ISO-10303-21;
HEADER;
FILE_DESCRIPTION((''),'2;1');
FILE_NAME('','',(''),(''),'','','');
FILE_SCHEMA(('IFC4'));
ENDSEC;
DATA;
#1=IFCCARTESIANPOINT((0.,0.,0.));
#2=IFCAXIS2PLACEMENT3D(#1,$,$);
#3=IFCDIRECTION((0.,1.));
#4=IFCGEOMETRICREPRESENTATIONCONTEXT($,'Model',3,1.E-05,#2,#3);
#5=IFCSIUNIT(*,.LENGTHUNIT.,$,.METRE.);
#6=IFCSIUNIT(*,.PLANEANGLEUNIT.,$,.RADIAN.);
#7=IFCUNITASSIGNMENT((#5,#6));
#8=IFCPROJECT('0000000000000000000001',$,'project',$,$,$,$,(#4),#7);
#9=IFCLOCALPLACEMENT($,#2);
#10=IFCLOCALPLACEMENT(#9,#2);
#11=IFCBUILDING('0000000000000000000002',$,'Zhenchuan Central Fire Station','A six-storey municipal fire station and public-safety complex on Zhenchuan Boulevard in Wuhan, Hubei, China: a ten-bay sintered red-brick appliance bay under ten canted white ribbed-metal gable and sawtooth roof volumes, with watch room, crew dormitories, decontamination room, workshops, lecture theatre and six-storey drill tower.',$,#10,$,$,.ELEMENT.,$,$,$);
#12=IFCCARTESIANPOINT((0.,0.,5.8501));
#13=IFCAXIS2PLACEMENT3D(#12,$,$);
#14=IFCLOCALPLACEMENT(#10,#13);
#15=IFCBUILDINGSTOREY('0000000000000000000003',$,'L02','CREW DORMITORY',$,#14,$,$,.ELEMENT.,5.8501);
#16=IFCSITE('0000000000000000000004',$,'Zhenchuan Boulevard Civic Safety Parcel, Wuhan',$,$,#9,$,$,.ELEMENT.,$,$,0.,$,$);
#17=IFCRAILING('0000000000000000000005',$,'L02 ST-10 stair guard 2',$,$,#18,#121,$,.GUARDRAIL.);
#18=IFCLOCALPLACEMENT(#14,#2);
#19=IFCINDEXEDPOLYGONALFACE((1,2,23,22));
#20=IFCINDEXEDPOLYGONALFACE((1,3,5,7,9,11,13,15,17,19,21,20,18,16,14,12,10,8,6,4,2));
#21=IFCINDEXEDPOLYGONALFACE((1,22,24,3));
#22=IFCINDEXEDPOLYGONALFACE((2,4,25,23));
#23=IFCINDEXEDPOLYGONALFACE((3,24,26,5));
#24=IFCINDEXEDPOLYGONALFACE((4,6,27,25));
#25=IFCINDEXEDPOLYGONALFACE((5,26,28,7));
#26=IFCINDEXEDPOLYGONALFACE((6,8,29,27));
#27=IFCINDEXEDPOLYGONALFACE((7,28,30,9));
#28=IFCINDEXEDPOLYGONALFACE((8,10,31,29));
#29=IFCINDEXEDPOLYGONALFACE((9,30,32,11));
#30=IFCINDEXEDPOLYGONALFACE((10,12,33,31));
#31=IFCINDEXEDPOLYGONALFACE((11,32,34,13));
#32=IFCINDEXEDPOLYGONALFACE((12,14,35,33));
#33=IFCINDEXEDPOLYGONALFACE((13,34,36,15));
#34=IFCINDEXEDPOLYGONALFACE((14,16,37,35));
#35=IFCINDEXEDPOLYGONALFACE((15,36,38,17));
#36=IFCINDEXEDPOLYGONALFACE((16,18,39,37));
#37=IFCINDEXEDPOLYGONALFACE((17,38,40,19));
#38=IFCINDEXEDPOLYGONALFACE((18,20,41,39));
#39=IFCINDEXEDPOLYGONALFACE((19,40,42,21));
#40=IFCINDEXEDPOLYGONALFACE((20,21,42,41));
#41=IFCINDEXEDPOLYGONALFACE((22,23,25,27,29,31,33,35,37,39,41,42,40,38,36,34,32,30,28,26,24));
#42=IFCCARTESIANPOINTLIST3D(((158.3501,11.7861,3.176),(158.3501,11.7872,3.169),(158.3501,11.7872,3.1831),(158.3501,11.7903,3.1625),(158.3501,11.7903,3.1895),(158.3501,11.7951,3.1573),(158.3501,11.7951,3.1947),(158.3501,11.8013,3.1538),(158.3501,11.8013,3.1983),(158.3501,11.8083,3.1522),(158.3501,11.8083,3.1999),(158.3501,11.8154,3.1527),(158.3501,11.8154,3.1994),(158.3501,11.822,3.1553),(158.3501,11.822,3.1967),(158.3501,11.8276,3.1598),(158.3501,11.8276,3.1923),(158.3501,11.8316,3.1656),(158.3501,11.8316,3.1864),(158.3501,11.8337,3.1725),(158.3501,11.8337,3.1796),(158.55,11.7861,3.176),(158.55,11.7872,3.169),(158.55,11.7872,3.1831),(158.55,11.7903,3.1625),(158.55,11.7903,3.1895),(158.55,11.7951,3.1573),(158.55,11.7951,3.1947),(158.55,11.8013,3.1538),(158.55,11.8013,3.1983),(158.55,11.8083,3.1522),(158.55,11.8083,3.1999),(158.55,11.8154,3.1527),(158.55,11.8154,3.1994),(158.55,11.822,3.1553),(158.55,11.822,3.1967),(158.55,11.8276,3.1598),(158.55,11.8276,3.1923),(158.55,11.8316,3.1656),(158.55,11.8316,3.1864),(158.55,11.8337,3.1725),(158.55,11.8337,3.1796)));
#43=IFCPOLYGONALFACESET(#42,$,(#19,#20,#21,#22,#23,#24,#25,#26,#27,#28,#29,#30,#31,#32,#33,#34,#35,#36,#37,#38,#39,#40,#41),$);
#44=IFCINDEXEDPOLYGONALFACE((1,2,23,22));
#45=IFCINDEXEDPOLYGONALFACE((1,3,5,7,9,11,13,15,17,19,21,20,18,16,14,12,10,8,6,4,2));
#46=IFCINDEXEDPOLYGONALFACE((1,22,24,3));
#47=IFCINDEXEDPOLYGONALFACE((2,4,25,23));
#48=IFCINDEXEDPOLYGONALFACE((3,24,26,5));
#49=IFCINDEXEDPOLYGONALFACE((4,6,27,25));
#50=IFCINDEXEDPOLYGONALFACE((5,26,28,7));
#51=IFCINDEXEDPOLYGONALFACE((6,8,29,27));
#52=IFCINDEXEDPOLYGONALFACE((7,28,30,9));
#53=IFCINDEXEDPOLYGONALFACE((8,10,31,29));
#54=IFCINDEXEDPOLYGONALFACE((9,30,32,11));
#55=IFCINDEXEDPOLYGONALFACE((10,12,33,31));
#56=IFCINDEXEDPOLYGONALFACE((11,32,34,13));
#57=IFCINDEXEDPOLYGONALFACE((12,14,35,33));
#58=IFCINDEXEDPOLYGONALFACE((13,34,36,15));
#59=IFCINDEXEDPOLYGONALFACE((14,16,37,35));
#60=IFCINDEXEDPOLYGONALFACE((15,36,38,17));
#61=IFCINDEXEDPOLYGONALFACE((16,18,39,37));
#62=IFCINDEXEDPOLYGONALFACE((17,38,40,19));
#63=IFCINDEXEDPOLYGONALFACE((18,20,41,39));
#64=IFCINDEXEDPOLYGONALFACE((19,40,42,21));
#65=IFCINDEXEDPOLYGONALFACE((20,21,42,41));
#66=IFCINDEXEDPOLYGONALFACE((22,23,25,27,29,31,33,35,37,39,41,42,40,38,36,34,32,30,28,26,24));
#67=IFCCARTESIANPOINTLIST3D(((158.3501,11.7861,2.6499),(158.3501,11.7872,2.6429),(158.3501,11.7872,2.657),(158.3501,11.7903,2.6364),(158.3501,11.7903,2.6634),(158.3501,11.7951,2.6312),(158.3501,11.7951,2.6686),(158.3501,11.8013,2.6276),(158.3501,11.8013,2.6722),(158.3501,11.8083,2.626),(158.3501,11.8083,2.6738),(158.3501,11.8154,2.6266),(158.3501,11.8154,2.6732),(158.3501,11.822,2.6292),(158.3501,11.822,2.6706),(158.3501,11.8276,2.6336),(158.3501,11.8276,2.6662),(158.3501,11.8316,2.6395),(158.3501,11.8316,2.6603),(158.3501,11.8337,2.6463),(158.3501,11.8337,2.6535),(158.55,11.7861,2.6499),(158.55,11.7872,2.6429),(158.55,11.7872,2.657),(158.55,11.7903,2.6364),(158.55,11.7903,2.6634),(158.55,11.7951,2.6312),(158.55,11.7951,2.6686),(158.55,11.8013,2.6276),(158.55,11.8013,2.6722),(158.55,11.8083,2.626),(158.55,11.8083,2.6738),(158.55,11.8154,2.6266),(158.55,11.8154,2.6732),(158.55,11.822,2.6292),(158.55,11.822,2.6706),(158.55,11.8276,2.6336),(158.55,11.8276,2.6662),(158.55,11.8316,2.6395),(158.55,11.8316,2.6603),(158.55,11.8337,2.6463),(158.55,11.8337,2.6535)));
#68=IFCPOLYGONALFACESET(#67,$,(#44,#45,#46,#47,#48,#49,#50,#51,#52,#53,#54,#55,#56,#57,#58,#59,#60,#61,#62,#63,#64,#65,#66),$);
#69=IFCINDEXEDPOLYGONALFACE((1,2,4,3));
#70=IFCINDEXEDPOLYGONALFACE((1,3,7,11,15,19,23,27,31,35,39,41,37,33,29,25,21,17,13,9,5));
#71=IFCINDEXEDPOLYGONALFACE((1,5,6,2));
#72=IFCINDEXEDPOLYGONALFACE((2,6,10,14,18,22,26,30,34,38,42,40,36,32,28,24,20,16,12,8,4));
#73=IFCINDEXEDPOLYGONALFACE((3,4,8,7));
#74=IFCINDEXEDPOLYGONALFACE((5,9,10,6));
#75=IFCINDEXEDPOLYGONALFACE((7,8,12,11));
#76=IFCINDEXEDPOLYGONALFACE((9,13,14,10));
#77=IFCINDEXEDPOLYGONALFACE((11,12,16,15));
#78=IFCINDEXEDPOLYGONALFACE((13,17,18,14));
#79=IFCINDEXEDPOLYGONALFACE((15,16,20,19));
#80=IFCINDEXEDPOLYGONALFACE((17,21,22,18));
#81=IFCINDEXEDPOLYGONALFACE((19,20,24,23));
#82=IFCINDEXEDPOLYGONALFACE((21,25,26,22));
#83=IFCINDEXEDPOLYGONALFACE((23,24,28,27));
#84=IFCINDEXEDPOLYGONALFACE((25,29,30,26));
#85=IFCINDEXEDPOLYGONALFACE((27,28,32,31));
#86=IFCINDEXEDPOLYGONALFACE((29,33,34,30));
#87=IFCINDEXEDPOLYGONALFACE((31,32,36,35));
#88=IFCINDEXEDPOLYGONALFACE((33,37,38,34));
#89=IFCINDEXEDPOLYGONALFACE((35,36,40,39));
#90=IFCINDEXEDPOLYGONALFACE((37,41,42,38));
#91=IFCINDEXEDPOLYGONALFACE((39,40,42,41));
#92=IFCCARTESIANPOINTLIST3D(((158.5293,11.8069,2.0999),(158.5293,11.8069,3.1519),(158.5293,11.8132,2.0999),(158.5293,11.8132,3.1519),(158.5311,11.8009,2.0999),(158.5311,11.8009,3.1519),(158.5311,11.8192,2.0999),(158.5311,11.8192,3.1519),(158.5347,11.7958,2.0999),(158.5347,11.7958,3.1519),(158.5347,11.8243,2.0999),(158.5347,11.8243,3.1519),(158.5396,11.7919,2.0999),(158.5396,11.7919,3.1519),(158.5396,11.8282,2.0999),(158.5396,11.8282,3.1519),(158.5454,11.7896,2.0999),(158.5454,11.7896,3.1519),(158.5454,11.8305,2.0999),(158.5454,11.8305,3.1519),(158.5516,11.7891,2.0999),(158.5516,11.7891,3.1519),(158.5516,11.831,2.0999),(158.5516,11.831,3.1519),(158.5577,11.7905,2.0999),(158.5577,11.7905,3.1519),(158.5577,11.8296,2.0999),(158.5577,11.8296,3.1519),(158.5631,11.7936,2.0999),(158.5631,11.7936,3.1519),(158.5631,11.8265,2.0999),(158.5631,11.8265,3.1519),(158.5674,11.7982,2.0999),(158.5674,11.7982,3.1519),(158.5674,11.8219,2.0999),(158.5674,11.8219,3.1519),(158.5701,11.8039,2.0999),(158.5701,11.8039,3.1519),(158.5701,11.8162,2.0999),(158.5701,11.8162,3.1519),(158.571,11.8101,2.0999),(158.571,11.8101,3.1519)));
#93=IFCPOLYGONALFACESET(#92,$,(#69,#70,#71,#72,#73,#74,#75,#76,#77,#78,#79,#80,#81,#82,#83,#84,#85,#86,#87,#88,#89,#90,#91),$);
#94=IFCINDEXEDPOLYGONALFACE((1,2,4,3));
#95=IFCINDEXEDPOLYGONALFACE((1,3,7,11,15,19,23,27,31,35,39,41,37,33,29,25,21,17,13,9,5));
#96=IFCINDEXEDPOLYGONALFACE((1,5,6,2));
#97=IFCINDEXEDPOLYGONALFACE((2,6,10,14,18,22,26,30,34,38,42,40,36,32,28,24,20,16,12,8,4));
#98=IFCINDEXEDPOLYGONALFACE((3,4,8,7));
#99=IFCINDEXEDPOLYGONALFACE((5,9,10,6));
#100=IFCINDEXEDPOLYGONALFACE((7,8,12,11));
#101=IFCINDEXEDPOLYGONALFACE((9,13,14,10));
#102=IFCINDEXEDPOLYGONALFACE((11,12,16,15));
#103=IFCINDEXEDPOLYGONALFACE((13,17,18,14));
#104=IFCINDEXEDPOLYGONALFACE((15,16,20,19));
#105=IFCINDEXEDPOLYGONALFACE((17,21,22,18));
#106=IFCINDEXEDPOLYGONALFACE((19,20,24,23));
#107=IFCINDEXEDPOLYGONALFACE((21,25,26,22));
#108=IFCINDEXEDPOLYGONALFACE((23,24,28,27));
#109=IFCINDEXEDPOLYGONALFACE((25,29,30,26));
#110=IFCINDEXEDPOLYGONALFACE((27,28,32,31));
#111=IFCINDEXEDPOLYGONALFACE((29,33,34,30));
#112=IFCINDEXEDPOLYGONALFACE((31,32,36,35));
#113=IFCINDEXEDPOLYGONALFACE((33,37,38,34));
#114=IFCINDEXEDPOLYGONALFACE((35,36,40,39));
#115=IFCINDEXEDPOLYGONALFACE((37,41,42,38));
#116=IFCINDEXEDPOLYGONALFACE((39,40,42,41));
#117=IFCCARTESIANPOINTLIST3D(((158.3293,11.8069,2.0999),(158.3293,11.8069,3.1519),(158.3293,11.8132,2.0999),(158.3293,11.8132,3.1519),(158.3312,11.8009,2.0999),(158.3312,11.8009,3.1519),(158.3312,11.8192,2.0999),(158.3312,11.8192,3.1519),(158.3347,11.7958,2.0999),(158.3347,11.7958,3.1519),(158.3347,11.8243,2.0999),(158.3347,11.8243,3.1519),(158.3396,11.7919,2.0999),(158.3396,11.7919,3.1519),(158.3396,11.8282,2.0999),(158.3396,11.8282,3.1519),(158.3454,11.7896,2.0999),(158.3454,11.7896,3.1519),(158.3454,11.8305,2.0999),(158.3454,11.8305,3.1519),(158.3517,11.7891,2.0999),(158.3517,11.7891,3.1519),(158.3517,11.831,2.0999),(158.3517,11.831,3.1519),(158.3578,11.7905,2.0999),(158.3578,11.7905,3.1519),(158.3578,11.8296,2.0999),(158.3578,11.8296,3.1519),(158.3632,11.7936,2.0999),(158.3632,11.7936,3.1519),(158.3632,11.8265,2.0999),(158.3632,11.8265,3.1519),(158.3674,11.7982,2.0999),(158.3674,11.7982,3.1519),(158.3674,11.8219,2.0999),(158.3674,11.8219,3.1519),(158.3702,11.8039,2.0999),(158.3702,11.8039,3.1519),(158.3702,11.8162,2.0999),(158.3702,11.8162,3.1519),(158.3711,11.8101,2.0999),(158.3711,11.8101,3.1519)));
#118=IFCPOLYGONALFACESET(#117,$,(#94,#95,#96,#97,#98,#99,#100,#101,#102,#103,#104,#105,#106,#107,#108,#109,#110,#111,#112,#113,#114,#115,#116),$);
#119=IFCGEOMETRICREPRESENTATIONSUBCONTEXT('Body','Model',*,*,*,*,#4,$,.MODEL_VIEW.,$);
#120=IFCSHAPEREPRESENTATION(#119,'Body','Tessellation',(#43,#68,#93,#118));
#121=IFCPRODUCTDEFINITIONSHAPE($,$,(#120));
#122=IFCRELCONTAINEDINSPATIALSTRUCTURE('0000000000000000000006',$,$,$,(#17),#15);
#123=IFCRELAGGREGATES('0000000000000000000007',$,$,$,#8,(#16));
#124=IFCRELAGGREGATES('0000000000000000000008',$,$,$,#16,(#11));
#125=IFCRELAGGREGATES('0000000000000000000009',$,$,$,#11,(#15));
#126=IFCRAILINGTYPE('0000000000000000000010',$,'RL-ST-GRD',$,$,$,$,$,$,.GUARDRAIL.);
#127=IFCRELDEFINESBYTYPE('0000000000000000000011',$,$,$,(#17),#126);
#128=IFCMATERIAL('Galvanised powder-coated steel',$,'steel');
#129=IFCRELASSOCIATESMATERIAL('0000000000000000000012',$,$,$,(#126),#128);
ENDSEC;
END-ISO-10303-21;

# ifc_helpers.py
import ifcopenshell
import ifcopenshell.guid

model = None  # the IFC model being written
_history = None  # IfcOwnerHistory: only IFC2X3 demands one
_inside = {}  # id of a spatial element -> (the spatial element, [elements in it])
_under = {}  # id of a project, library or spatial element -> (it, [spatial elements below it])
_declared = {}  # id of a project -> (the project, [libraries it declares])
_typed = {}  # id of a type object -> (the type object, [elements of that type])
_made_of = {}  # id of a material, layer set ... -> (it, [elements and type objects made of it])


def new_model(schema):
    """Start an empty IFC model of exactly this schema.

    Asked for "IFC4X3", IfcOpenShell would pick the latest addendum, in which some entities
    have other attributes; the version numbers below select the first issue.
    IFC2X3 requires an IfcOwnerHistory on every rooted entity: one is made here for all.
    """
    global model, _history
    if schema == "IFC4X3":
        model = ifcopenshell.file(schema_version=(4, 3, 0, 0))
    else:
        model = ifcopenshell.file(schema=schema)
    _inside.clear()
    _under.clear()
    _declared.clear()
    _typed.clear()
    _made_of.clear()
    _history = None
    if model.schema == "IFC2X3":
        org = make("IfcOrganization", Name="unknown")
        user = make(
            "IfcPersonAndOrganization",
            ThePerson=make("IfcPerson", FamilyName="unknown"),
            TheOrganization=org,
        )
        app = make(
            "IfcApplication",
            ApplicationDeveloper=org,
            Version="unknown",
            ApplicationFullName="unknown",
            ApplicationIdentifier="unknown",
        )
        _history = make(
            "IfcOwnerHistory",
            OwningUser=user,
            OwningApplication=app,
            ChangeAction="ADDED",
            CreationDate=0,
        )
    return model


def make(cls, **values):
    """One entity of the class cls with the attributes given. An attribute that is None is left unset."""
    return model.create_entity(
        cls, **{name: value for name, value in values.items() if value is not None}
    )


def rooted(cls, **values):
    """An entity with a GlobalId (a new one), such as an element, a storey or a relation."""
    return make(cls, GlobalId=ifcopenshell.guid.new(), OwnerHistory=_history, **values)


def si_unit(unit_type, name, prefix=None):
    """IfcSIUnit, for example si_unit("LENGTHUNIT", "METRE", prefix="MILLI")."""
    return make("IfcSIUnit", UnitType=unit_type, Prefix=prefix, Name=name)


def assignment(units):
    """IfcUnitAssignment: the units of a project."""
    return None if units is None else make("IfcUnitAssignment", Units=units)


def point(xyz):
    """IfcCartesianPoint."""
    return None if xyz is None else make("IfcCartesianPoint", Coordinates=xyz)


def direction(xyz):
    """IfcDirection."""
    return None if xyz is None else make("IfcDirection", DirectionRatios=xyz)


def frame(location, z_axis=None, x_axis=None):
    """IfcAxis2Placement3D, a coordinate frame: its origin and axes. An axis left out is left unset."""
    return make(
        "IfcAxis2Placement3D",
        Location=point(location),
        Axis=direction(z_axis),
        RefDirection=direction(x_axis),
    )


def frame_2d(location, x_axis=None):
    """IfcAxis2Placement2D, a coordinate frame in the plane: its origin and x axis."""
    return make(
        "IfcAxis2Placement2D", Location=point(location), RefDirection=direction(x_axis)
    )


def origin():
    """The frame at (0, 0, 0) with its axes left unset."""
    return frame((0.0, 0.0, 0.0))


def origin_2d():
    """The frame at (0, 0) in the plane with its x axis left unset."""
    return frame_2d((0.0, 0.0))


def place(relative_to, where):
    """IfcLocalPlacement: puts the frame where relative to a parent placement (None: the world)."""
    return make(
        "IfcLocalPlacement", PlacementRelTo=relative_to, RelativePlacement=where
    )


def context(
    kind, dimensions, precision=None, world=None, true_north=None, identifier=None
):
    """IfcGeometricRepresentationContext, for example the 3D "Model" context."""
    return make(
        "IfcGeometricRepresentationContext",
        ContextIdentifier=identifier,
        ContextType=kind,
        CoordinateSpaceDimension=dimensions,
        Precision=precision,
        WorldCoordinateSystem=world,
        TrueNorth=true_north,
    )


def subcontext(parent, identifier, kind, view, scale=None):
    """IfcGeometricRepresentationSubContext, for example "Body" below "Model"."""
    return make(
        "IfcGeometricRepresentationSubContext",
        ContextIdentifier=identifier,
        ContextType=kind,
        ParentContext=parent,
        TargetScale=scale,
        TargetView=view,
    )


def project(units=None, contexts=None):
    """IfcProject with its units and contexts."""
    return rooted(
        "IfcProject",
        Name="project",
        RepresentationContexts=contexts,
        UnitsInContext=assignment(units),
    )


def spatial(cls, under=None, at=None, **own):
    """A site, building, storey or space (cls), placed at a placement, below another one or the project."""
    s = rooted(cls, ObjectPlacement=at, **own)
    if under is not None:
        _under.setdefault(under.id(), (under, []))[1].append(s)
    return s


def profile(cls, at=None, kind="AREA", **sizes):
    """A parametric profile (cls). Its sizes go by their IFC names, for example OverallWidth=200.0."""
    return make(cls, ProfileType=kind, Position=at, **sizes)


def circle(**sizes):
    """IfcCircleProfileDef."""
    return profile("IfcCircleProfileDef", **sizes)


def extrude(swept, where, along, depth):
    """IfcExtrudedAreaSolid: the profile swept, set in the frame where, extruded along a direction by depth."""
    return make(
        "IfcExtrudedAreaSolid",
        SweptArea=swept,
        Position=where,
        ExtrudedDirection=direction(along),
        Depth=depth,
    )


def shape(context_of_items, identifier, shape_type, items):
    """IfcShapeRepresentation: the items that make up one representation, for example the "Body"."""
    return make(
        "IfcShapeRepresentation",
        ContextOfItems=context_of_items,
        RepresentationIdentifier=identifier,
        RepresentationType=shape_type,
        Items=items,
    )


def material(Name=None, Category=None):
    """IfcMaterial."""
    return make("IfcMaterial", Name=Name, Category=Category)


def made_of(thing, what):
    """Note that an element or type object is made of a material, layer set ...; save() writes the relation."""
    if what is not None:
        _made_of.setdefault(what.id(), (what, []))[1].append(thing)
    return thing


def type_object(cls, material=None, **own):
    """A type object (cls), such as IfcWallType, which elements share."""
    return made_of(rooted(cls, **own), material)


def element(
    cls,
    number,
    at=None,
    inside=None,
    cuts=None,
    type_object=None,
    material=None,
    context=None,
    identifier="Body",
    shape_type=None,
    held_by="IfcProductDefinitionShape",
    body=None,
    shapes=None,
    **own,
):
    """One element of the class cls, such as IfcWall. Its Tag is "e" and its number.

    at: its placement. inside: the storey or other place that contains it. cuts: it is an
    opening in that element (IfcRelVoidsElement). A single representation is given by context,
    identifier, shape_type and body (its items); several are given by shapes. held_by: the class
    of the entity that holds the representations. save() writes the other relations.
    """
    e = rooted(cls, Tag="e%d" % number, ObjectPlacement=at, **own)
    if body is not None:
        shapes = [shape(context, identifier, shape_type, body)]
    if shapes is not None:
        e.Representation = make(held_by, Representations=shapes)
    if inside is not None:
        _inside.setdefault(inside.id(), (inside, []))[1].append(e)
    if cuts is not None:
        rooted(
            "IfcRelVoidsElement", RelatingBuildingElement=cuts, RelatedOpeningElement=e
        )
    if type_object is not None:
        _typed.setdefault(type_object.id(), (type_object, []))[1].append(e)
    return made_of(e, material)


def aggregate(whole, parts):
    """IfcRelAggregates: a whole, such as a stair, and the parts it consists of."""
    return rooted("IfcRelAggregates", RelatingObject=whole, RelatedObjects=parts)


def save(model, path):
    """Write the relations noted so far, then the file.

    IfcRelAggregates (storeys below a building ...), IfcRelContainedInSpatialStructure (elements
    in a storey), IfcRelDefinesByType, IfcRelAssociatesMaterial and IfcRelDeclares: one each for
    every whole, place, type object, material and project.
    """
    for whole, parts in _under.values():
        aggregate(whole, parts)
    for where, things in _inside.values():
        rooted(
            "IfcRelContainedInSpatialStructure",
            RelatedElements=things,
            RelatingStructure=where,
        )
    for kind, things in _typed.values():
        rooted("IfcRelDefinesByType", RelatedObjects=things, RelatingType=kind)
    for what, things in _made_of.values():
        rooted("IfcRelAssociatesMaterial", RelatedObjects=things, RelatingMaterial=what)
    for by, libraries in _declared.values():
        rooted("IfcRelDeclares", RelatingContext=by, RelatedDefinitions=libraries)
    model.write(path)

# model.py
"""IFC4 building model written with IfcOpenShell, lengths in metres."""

from ifc_helpers import new_model, si_unit, direction, frame, origin, origin_2d, place, context, subcontext, project, spatial, circle, extrude, material, type_object, element, save


model = new_model("IFC4")

# Units and contexts
model_context = context("Model", 3, precision=1e-05, world=origin(), true_north=direction((0.0, 1.0)))
body_context = subcontext(model_context, "Body", "Model", "MODEL_VIEW")
ifc_project = project(units=[si_unit("LENGTHUNIT", "METRE"), si_unit("PLANEANGLEUNIT", "RADIAN")], contexts=[model_context])

# Site, building, storey
site_placement = place(None, origin())
site = spatial("IfcSite", under=ifc_project, at=site_placement, Name="Zhenchuan Boulevard Civic Safety Parcel, Wuhan", CompositionType="ELEMENT", RefElevation=0.0)
building_placement = place(site_placement, origin())
building = spatial("IfcBuilding", under=site, at=building_placement, Name="Zhenchuan Central Fire Station", Description="A six-storey municipal fire station and public-safety complex on Zhenchuan Boulevard in Wuhan, Hubei, China: a ten-bay sintered red-brick appliance bay under ten canted white ribbed-metal gable and sawtooth roof volumes, with watch room, crew dormitories, decontamination room, workshops, lecture theatre and six-storey drill tower.", CompositionType="ELEMENT")
storey_placement = place(building_placement, frame((0.0, 0.0, 5.8501)))
storey = spatial("IfcBuildingStorey", under=building, at=storey_placement, Name="L02", Description="CREW DORMITORY", CompositionType="ELEMENT", Elevation=5.8501)

# Railing
ifc_material_1 = material(Name="Galvanised powder-coated steel", Category="steel")
railing_type_1 = type_object("IfcRailingType", Name="RL-ST-GRD", PredefinedType="GUARDRAIL", material=ifc_material_1)
railing_1_placement = place(storey_placement, frame((158.55, 11.8101, 2.0999)))
element("IfcRailing", 1, at=railing_1_placement, inside=storey, type_object=railing_type_1, Name="L02 ST-10 stair guard 2", PredefinedType="GUARDRAIL", context=body_context, shape_type="SweptSolid", body=[
    extrude(circle(Radius=0.0239, at=origin_2d()), frame((0.0, 0.0, 1.0762), z_axis=(-1.0, 0.0, 0.0), x_axis=(0.0, -1.0, 0.0)), (0.0, 0.0, 1.0), 0.2),
    extrude(circle(Radius=0.0239, at=origin_2d()), frame((0.0, 0.0, 0.55), z_axis=(-1.0, 0.0, 0.0), x_axis=(0.0, -1.0, 0.0)), (0.0, 0.0, 1.0), 0.2),
    extrude(circle(Radius=0.021, at=origin_2d()), origin(), (0.0, 0.0, 1.0), 1.052),
    extrude(circle(Radius=0.021, at=origin_2d()), frame((-0.2, 0.0, 0.0)), (0.0, 0.0, 1.0), 1.052),
])

save(model, "model.ifc")
